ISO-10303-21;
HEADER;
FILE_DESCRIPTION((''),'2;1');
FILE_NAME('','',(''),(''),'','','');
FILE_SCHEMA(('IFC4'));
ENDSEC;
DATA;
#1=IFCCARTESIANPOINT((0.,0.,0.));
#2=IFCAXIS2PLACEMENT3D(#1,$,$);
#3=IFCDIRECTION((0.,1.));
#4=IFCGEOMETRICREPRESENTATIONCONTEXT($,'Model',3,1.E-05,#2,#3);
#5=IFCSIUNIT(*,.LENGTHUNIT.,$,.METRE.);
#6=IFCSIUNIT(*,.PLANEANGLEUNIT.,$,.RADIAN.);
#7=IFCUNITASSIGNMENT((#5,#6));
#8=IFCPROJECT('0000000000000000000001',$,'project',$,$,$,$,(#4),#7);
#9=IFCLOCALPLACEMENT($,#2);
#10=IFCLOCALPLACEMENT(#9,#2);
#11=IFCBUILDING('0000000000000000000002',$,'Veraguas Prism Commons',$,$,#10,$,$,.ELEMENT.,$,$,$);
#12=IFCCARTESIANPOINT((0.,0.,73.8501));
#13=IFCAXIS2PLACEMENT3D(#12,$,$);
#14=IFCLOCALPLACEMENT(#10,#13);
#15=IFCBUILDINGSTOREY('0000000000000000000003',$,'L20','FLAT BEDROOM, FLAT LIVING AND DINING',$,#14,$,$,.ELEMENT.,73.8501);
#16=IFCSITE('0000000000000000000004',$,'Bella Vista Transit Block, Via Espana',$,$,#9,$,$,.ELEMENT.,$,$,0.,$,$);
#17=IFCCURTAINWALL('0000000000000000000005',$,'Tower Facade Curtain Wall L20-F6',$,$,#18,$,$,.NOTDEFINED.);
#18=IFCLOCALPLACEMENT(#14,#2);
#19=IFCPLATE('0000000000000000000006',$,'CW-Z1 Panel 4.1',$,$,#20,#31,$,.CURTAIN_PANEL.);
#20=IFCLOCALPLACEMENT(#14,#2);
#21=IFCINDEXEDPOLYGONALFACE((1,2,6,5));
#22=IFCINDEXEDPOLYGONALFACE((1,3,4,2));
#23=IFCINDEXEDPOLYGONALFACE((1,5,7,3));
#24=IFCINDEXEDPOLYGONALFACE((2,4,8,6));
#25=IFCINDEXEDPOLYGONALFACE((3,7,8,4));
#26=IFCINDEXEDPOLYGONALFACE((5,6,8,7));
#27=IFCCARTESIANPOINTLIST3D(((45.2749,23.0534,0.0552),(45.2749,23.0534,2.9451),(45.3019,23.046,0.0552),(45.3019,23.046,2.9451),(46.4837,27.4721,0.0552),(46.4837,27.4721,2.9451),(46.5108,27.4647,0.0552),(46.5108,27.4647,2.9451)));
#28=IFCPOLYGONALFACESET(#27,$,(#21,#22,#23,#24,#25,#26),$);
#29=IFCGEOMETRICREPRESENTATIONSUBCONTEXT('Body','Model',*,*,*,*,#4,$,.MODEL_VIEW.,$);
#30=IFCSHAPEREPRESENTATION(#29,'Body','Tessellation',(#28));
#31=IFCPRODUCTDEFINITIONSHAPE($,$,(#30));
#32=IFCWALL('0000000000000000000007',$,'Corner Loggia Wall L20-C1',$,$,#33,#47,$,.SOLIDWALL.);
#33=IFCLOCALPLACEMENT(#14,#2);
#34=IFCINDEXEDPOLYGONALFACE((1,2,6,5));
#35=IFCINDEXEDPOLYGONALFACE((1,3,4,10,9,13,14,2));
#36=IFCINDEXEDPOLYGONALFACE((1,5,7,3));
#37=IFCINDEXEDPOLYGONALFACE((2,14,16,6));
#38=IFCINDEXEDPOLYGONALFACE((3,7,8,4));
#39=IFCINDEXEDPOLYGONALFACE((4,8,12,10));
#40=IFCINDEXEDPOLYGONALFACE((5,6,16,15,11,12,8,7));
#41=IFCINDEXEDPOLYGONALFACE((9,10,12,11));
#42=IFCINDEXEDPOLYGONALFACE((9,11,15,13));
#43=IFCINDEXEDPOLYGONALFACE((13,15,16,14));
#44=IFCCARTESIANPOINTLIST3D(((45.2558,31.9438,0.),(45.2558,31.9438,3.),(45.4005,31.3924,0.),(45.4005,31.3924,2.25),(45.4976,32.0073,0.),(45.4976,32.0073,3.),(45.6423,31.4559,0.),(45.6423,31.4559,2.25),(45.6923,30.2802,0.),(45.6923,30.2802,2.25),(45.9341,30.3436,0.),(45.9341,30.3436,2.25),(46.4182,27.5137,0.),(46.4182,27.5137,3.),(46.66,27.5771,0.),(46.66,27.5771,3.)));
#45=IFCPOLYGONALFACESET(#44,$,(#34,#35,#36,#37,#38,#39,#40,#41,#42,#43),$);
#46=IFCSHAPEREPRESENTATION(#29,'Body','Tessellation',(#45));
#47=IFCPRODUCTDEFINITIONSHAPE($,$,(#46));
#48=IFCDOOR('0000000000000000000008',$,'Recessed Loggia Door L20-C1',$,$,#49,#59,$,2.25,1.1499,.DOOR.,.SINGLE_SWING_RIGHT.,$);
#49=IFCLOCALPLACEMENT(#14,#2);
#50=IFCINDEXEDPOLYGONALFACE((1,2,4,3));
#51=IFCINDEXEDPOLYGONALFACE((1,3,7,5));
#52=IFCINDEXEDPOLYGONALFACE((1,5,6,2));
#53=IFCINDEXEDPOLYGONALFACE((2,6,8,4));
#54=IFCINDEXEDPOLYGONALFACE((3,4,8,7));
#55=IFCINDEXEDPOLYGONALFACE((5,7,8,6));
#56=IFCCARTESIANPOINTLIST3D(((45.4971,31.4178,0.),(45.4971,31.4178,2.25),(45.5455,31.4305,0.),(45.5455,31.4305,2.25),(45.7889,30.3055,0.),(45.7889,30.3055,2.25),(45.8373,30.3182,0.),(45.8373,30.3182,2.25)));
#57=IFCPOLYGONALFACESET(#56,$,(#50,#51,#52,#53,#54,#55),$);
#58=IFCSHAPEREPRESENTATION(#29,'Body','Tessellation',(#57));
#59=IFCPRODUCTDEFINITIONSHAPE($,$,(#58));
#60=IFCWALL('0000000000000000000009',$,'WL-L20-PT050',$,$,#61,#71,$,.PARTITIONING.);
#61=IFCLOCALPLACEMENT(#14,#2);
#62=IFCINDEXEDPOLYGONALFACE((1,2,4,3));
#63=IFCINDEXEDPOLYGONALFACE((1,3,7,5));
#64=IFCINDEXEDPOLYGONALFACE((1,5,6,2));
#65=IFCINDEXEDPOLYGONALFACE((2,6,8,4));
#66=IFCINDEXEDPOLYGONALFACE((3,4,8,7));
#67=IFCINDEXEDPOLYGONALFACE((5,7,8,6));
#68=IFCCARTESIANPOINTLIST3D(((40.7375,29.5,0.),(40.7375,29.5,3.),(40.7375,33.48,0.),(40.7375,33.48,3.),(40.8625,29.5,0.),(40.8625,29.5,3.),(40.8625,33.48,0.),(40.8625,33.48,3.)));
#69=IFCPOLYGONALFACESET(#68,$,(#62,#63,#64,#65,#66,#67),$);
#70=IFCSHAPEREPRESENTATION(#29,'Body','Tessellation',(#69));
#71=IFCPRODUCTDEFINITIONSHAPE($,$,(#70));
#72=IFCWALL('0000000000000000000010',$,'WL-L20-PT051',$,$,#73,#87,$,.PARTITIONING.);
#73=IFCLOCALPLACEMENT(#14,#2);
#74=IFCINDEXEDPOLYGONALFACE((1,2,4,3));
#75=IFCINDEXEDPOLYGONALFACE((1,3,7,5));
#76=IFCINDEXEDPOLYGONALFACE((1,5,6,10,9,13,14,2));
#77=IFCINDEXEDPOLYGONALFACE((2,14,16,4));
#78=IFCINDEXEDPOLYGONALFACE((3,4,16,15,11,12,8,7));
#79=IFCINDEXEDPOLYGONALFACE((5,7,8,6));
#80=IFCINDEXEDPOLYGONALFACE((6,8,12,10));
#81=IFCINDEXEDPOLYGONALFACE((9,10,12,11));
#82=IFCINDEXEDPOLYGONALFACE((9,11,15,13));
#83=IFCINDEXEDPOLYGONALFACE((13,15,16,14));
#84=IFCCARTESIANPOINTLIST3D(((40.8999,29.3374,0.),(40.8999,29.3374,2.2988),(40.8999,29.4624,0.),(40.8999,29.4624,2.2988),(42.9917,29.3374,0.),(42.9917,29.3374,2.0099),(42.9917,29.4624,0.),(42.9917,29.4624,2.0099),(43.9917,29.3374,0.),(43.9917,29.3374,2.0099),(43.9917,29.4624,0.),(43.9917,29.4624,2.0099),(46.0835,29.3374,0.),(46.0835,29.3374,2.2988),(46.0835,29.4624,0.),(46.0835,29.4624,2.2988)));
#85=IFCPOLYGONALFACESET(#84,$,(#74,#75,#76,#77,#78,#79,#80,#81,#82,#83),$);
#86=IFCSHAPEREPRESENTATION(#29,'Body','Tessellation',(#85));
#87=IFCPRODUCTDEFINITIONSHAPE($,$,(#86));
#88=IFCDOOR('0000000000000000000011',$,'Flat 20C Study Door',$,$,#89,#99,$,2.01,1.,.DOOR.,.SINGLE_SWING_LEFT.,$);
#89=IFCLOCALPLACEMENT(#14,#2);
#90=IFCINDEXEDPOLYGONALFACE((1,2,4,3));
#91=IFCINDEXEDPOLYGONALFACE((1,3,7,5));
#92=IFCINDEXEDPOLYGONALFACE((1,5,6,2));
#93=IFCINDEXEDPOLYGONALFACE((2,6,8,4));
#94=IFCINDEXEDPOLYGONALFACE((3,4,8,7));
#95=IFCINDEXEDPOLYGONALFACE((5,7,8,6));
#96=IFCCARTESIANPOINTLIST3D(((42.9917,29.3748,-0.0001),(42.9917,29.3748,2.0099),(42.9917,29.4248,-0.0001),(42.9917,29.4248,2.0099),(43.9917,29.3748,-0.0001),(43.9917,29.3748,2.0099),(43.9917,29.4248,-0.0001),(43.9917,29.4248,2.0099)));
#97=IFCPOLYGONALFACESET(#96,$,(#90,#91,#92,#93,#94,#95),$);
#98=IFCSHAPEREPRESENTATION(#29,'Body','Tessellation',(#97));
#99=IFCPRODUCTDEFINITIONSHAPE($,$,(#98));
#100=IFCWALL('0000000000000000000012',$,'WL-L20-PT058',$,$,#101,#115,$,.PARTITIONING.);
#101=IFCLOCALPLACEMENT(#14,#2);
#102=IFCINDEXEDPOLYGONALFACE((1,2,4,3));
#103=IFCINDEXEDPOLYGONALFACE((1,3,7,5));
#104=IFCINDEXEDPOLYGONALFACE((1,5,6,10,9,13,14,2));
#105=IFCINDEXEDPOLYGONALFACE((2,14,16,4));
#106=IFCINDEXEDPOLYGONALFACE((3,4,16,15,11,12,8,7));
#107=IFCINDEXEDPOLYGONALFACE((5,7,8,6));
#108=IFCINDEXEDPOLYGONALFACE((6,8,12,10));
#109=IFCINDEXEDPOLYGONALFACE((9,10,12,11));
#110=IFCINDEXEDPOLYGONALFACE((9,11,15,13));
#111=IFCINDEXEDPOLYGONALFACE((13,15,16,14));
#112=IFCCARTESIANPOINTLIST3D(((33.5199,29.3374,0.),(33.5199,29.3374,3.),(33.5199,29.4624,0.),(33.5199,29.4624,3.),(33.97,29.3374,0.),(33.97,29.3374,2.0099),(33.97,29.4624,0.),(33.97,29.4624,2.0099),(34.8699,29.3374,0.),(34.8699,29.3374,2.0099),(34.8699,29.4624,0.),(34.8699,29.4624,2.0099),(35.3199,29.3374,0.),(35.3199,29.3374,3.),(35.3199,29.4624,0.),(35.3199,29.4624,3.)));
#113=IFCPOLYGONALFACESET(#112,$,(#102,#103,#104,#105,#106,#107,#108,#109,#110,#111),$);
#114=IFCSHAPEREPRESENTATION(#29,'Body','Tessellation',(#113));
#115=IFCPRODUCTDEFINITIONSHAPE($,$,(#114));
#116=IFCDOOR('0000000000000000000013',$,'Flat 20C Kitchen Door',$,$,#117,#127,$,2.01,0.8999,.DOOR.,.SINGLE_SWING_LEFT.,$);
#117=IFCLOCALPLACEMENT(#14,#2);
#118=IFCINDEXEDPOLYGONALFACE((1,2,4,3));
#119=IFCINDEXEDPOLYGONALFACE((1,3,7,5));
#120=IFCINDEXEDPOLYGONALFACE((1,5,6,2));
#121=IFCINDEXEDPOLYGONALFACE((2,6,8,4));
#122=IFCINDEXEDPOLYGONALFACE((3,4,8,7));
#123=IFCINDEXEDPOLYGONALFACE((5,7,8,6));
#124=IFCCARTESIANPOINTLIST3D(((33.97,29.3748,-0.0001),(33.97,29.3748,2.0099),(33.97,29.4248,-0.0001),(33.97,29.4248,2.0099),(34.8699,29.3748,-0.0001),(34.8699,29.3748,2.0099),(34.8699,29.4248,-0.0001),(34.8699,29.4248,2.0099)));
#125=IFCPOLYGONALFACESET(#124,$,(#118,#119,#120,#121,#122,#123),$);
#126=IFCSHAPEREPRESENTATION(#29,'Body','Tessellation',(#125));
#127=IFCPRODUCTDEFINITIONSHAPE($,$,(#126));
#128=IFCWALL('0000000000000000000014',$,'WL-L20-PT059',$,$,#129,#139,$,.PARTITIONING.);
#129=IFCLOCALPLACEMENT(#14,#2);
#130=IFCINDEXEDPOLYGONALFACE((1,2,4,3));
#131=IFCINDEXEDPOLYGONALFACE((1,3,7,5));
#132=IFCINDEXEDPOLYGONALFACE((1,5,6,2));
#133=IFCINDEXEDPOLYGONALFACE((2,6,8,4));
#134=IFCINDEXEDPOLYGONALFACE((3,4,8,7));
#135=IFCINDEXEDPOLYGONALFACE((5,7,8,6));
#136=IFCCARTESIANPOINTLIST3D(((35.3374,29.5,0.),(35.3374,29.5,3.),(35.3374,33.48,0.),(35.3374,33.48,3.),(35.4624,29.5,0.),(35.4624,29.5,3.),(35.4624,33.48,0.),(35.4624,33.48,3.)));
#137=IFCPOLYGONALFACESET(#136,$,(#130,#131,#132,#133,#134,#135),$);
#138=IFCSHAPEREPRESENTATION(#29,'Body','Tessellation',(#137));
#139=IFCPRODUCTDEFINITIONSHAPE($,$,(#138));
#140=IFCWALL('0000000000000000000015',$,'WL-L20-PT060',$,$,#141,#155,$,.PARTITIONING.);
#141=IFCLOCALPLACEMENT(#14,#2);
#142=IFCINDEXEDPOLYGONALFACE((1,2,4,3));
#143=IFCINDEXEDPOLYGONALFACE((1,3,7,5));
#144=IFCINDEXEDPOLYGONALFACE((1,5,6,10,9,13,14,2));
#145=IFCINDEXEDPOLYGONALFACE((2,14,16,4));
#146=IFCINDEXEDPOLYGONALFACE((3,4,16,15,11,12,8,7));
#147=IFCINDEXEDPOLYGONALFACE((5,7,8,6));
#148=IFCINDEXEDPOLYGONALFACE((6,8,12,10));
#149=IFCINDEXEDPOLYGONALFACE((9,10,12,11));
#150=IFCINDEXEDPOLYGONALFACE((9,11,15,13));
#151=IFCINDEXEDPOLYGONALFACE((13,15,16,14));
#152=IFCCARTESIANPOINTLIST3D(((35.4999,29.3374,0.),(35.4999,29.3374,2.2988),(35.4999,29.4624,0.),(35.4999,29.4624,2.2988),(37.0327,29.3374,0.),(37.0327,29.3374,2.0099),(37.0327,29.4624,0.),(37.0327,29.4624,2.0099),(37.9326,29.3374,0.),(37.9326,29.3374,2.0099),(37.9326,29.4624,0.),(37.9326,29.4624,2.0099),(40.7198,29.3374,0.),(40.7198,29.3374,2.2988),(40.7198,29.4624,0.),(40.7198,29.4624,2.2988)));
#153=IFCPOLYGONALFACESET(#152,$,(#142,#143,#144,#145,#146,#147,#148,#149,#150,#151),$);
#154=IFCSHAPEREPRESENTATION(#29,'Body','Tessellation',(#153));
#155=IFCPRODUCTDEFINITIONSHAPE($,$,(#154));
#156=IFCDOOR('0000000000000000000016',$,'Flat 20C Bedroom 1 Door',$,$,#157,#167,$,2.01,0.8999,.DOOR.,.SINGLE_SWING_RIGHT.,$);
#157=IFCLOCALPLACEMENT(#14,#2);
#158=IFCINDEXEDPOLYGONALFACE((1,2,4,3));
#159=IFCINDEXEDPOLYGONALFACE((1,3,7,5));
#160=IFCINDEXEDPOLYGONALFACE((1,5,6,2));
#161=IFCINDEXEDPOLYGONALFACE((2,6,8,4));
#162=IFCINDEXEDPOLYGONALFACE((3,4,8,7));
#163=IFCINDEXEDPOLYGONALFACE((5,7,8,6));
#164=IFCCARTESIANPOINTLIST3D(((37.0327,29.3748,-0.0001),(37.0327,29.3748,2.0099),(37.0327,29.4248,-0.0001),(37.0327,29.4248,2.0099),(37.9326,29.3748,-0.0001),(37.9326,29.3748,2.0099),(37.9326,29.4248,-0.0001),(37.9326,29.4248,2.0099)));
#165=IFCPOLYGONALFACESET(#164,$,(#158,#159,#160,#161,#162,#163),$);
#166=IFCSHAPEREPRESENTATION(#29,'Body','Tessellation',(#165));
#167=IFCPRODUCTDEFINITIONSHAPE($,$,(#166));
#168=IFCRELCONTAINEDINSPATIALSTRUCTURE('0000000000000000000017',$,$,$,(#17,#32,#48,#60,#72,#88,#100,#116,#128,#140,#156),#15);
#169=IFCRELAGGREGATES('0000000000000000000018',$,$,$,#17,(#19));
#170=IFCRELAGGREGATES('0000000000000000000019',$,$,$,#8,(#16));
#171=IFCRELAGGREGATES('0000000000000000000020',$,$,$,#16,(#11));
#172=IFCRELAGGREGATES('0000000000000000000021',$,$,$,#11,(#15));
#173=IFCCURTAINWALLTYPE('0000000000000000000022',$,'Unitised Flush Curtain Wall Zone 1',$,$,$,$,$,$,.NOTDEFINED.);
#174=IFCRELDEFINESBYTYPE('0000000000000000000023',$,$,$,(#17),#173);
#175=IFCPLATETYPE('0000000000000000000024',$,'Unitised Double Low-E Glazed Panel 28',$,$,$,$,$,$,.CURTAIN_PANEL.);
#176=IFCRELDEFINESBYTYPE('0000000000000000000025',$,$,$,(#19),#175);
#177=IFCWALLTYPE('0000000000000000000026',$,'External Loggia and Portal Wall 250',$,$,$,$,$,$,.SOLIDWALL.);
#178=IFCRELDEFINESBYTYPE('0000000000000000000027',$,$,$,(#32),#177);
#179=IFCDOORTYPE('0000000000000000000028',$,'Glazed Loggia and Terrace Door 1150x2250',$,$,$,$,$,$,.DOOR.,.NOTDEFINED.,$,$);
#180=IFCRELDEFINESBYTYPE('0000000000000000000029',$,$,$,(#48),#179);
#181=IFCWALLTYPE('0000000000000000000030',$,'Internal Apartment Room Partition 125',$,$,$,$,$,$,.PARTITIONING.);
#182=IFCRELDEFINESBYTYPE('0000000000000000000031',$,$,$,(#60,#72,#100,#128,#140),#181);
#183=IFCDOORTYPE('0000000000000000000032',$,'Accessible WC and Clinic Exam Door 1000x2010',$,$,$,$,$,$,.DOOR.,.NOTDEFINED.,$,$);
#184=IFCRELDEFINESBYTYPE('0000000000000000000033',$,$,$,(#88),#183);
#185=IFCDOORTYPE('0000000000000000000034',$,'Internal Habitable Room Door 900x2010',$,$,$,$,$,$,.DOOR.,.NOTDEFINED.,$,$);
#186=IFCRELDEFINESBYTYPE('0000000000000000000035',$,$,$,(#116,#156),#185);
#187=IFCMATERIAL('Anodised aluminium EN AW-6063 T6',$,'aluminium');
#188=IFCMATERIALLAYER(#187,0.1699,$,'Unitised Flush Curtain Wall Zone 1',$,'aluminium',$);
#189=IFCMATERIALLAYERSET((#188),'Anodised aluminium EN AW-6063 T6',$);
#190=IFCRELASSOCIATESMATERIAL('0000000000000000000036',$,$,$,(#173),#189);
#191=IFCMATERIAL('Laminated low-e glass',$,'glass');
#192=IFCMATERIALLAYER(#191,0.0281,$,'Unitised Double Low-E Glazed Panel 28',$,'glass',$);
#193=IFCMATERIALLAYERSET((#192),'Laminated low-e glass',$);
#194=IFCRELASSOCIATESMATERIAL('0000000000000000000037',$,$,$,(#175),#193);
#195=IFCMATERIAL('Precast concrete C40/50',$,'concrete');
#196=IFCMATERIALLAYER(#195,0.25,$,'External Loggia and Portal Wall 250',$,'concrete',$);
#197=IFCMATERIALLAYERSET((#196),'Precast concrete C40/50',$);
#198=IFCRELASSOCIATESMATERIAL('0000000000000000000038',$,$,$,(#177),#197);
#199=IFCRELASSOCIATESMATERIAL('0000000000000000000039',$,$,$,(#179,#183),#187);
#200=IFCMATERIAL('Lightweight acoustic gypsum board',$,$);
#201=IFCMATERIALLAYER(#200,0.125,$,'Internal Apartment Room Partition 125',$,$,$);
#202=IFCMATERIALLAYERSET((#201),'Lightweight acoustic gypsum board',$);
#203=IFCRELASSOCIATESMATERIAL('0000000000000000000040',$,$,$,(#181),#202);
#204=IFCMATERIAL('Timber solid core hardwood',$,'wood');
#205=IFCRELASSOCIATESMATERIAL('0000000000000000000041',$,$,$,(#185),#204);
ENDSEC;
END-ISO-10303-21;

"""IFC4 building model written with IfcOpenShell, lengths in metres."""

from ifc_helpers import new_model, si_unit, direction, frame, frame_2d, origin, origin_2d, place, context, subcontext, project, spatial, rectangle, extrude, source, transform, mapped, material, layer, layer_set, type_object, element, fill, aggregate, save


model = new_model("IFC4")

# Units and contexts
model_context = context("Model", 3, precision=1e-05, world=origin(), true_north=direction((0.0, 1.0)))
body_context = subcontext(model_context, "Body", "Model", "MODEL_VIEW")
ifc_project = project(units=[si_unit("LENGTHUNIT", "METRE"), si_unit("PLANEANGLEUNIT", "RADIAN")], contexts=[model_context])

# Site, building, storey
site_placement = place(None, origin())
site = spatial("IfcSite", under=ifc_project, at=site_placement, Name="Bella Vista Transit Block, Via Espana", CompositionType="ELEMENT", RefElevation=0.0)
building_placement = place(site_placement, origin())
building = spatial("IfcBuilding", under=site, at=building_placement, Name="Veraguas Prism Commons", CompositionType="ELEMENT")
storey_placement = place(building_placement, frame((0.0, 0.0, 73.8501)))
storey = spatial("IfcBuildingStorey", under=building, at=storey_placement, Name="L20", Description="FLAT BEDROOM, FLAT LIVING AND DINING", CompositionType="ELEMENT", Elevation=73.8501)

# Shared definitions
ifc_material_1 = material(Name="Anodised aluminium EN AW-6063 T6", Category="aluminium")
ifc_layer_1 = layer(ifc_material_1, 0.1699, Name="Unitised Flush Curtain Wall Zone 1", Category="aluminium")
ifc_layer_set_1 = layer_set([ifc_layer_1], Name="Anodised aluminium EN AW-6063 T6")
curtain_wall_type = type_object("IfcCurtainWallType", Name="Unitised Flush Curtain Wall Zone 1", PredefinedType="NOTDEFINED", material=ifc_layer_set_1)

# Curtain wall, plate
curtain_wall_1_placement = place(storey_placement, origin())
curtain_wall_1 = element("IfcCurtainWall", 1, at=curtain_wall_1_placement, inside=storey, type_object=curtain_wall_type, Name="Tower Facade Curtain Wall L20-F6", PredefinedType="NOTDEFINED")
ifc_material_2 = material(Name="Laminated low-e glass", Category="glass")
ifc_layer_2 = layer(ifc_material_2, 0.0281, Name="Unitised Double Low-E Glazed Panel 28", Category="glass")
ifc_layer_set_2 = layer_set([ifc_layer_2], Name="Laminated low-e glass")
plate_type = type_object("IfcPlateType", Name="Unitised Double Low-E Glazed Panel 28", PredefinedType="CURTAIN_PANEL", material=ifc_layer_set_2)
shared_shape_1 = source(origin(), body_context, "Body", "SweptSolid", [
    extrude(rectangle(XDim=4.5811, YDim=0.0281, at=origin_2d()), origin(), (0.0, 0.0, 1.0), 2.8899),
])
plate_placement = place(storey_placement, frame((45.8928, 25.259, 0.0552), z_axis=(0.0, 0.0, 1.0), x_axis=(0.26388, 0.964556, 0.0)))
plate = element("IfcPlate", 2, at=plate_placement, type_object=plate_type, Name="CW-Z1 Panel 4.1", PredefinedType="CURTAIN_PANEL", context=body_context, shape_type="MappedRepresentation", body=[
    mapped(shared_shape_1, transform((0.0, 0.0, 0.0), scale=1.0)),
])
aggregate(curtain_wall_1, [plate])

# Wall, opening, door
ifc_material_3 = material(Name="Precast concrete C40/50", Category="concrete")
ifc_layer_3 = layer(ifc_material_3, 0.25, Name="External Loggia and Portal Wall 250", Category="concrete")
ifc_layer_set_3 = layer_set([ifc_layer_3], Name="Precast concrete C40/50")
wall_type_1 = type_object("IfcWallType", Name="External Loggia and Portal Wall 250", PredefinedType="SOLIDWALL", material=ifc_layer_set_3)
wall_1_placement = place(storey_placement, frame((46.5391, 27.5454, 0.0), z_axis=(0.0, 0.0, 1.0), x_axis=(-0.253782, 0.967261, 0.0)))
wall_1 = element("IfcWall", 3, at=wall_1_placement, inside=storey, type_object=wall_type_1, Name="Corner Loggia Wall L20-C1", PredefinedType="SOLIDWALL", context=body_context, shape_type="SweptSolid", body=[
    extrude(rectangle(XDim=4.5801, YDim=0.25, at=frame_2d((2.29, 0.0))), origin(), (0.0, 0.0, 1.0), 3.0),
])
opening_1_placement = place(wall_1_placement, frame((2.8601, 0.0, 0.0)))
opening_1 = element("IfcOpeningElement", 4, at=opening_1_placement, cuts=wall_1, PredefinedType="OPENING", context=body_context, shape_type="SweptSolid", body=[
    extrude(rectangle(XDim=1.1499, YDim=2.25, at=frame_2d((0.575, 1.125))), frame((0.0, 0.135, 0.0), z_axis=(0.0, -1.0, 0.0), x_axis=(1.0, 0.0, 0.0)), (0.0, 0.0, 1.0), 0.27),
])
door_type_1 = type_object("IfcDoorType", Name="Glazed Loggia and Terrace Door 1150x2250", OperationType="NOTDEFINED", PredefinedType="DOOR", material=ifc_material_1)
shared_shape_2 = source(origin(), body_context, "Body", "SweptSolid", [
    extrude(rectangle(XDim=1.1499, YDim=2.25, at=frame_2d((0.575, 1.125))), frame((0.0, 0.0249, 0.0), z_axis=(0.0, -1.0, 0.0), x_axis=(1.0, 0.0, 0.0)), (0.0, 0.0, 1.0), 0.05),
])
door_1_placement = place(opening_1_placement, frame((1.1499, 0.0, 0.0), z_axis=(0.0, 0.0, 1.0), x_axis=(-1.0, 0.0, 0.0)))
door_1 = element("IfcDoor", 5, at=door_1_placement, inside=storey, type_object=door_type_1, Name="Recessed Loggia Door L20-C1", OperationType="SINGLE_SWING_RIGHT", OverallHeight=2.25, OverallWidth=1.1499, PredefinedType="DOOR", context=body_context, shape_type="MappedRepresentation", body=[
    mapped(shared_shape_2, transform((0.0, 0.0, 0.0), scale=1.0)),
])
fill(opening_1, door_1)

# Wall
ifc_material_4 = material(Name="Lightweight acoustic gypsum board")
ifc_layer_4 = layer(ifc_material_4, 0.125, Name="Internal Apartment Room Partition 125")
ifc_layer_set_4 = layer_set([ifc_layer_4], Name="Lightweight acoustic gypsum board")
wall_type_2 = type_object("IfcWallType", Name="Internal Apartment Room Partition 125", PredefinedType="PARTITIONING", material=ifc_layer_set_4)
wall_2_placement = place(storey_placement, frame((40.8, 29.5, 0.0), z_axis=(0.0, 0.0, 1.0), x_axis=(0.0, 1.0, 0.0)))
element("IfcWall", 6, at=wall_2_placement, inside=storey, type_object=wall_type_2, Name="WL-L20-PT050", PredefinedType="PARTITIONING", context=body_context, shape_type="SweptSolid", body=[
    extrude(rectangle(XDim=3.98, YDim=0.125, at=frame_2d((1.99, 0.0))), origin(), (0.0, 0.0, 1.0), 3.0),
])

# Walls, openings, doors
wall_3_placement = place(storey_placement, frame((40.8999, 29.3999, 0.0), z_axis=(0.0, 0.0, 1.0), x_axis=(1.0, 0.0, 0.0)))
wall_3 = element("IfcWall", 7, at=wall_3_placement, inside=storey, type_object=wall_type_2, Name="WL-L20-PT051", PredefinedType="PARTITIONING", context=body_context, shape_type="SweptSolid", body=[
    extrude(rectangle(XDim=5.1836, YDim=0.125, at=frame_2d((2.5918, 0.0))), origin(), (0.0, 0.0, 1.0), 2.2988),
])
opening_2_placement = place(wall_3_placement, frame((2.0918, 0.0, 0.0)))
opening_2 = element("IfcOpeningElement", 8, at=opening_2_placement, cuts=wall_3, PredefinedType="OPENING", context=body_context, shape_type="SweptSolid", body=[
    extrude(rectangle(XDim=1.0, YDim=2.01, at=frame_2d((0.5, 1.0049))), frame((0.0, 0.0725, 0.0), z_axis=(0.0, -1.0, 0.0), x_axis=(1.0, 0.0, 0.0)), (0.0, 0.0, 1.0), 0.145),
])
door_type_2 = type_object("IfcDoorType", Name="Accessible WC and Clinic Exam Door 1000x2010", OperationType="NOTDEFINED", PredefinedType="DOOR", material=ifc_material_1)
shared_shape_3 = source(origin(), body_context, "Body", "SweptSolid", [
    extrude(rectangle(XDim=1.0, YDim=2.01, at=frame_2d((0.5, 1.0049))), frame((0.0, 0.0249, 0.0), z_axis=(0.0, -1.0, 0.0), x_axis=(1.0, 0.0, 0.0)), (0.0, 0.0, 1.0), 0.05),
])
door_2_placement = place(opening_2_placement, origin())
door_2 = element("IfcDoor", 9, at=door_2_placement, inside=storey, type_object=door_type_2, Name="Flat 20C Study Door", OperationType="SINGLE_SWING_LEFT", OverallHeight=2.01, OverallWidth=1.0, PredefinedType="DOOR", context=body_context, shape_type="MappedRepresentation", body=[
    mapped(shared_shape_3, transform((0.0, 0.0, 0.0), scale=1.0)),
])
fill(opening_2, door_2)
wall_4_placement = place(storey_placement, frame((33.52, 29.3999, 0.0), z_axis=(0.0, 0.0, 1.0), x_axis=(1.0, 0.0, 0.0)))
wall_4 = element("IfcWall", 10, at=wall_4_placement, inside=storey, type_object=wall_type_2, Name="WL-L20-PT058", PredefinedType="PARTITIONING", context=body_context, shape_type="SweptSolid", body=[
    extrude(rectangle(XDim=1.8, YDim=0.125, at=frame_2d((0.8999, 0.0))), origin(), (0.0, 0.0, 1.0), 3.0),
])
opening_3_placement = place(wall_4_placement, frame((0.45, 0.0, 0.0)))
opening_3 = element("IfcOpeningElement", 11, at=opening_3_placement, cuts=wall_4, PredefinedType="OPENING", context=body_context, shape_type="SweptSolid", body=[
    extrude(rectangle(XDim=0.8999, YDim=2.01, at=frame_2d((0.45, 1.0049))), frame((0.0, 0.0725, 0.0), z_axis=(0.0, -1.0, 0.0), x_axis=(1.0, 0.0, 0.0)), (0.0, 0.0, 1.0), 0.145),
])
ifc_material_5 = material(Name="Timber solid core hardwood", Category="wood")
door_type_3 = type_object("IfcDoorType", Name="Internal Habitable Room Door 900x2010", OperationType="NOTDEFINED", PredefinedType="DOOR", material=ifc_material_5)
shared_shape_4 = source(origin(), body_context, "Body", "SweptSolid", [
    extrude(rectangle(XDim=0.8999, YDim=2.01, at=frame_2d((0.45, 1.0049))), frame((0.0, 0.0249, 0.0), z_axis=(0.0, -1.0, 0.0), x_axis=(1.0, 0.0, 0.0)), (0.0, 0.0, 1.0), 0.05),
])
door_3_placement = place(opening_3_placement, origin())
door_3 = element("IfcDoor", 12, at=door_3_placement, inside=storey, type_object=door_type_3, Name="Flat 20C Kitchen Door", OperationType="SINGLE_SWING_LEFT", OverallHeight=2.01, OverallWidth=0.8999, PredefinedType="DOOR", context=body_context, shape_type="MappedRepresentation", body=[
    mapped(shared_shape_4, transform((0.0, 0.0, 0.0), scale=1.0)),
])
fill(opening_3, door_3)

# Wall
wall_5_placement = place(storey_placement, frame((35.3999, 29.5, 0.0), z_axis=(0.0, 0.0, 1.0), x_axis=(0.0, 1.0, 0.0)))
element("IfcWall", 13, at=wall_5_placement, inside=storey, type_object=wall_type_2, Name="WL-L20-PT059", PredefinedType="PARTITIONING", context=body_context, shape_type="SweptSolid", body=[
    extrude(rectangle(XDim=3.98, YDim=0.125, at=frame_2d((1.99, 0.0))), origin(), (0.0, 0.0, 1.0), 3.0),
])

# Wall, opening, door
wall_6_placement = place(storey_placement, frame((35.5, 29.3999, 0.0), z_axis=(0.0, 0.0, 1.0), x_axis=(1.0, 0.0, 0.0)))
wall_6 = element("IfcWall", 14, at=wall_6_placement, inside=storey, type_object=wall_type_2, Name="WL-L20-PT060", PredefinedType="PARTITIONING", context=body_context, shape_type="SweptSolid", body=[
    extrude(rectangle(XDim=5.22, YDim=0.125, at=frame_2d((2.6099, 0.0))), origin(), (0.0, 0.0, 1.0), 2.2988),
])
opening_4_placement = place(wall_6_placement, frame((1.5327, 0.0, 0.0)))
opening_4 = element("IfcOpeningElement", 15, at=opening_4_placement, cuts=wall_6, PredefinedType="OPENING", context=body_context, shape_type="SweptSolid", body=[
    extrude(rectangle(XDim=0.8999, YDim=2.01, at=frame_2d((0.45, 1.0049))), frame((0.0, 0.0725, 0.0), z_axis=(0.0, -1.0, 0.0), x_axis=(1.0, 0.0, 0.0)), (0.0, 0.0, 1.0), 0.145),
])
door_4_placement = place(opening_4_placement, origin())
door_4 = element("IfcDoor", 16, at=door_4_placement, inside=storey, type_object=door_type_3, Name="Flat 20C Bedroom 1 Door", OperationType="SINGLE_SWING_RIGHT", OverallHeight=2.01, OverallWidth=0.8999, PredefinedType="DOOR", context=body_context, shape_type="MappedRepresentation", body=[
    mapped(shared_shape_4, transform((0.0, 0.0, 0.0), scale=1.0)),
])
fill(opening_4, door_4)

save(model, "model.ifc")
